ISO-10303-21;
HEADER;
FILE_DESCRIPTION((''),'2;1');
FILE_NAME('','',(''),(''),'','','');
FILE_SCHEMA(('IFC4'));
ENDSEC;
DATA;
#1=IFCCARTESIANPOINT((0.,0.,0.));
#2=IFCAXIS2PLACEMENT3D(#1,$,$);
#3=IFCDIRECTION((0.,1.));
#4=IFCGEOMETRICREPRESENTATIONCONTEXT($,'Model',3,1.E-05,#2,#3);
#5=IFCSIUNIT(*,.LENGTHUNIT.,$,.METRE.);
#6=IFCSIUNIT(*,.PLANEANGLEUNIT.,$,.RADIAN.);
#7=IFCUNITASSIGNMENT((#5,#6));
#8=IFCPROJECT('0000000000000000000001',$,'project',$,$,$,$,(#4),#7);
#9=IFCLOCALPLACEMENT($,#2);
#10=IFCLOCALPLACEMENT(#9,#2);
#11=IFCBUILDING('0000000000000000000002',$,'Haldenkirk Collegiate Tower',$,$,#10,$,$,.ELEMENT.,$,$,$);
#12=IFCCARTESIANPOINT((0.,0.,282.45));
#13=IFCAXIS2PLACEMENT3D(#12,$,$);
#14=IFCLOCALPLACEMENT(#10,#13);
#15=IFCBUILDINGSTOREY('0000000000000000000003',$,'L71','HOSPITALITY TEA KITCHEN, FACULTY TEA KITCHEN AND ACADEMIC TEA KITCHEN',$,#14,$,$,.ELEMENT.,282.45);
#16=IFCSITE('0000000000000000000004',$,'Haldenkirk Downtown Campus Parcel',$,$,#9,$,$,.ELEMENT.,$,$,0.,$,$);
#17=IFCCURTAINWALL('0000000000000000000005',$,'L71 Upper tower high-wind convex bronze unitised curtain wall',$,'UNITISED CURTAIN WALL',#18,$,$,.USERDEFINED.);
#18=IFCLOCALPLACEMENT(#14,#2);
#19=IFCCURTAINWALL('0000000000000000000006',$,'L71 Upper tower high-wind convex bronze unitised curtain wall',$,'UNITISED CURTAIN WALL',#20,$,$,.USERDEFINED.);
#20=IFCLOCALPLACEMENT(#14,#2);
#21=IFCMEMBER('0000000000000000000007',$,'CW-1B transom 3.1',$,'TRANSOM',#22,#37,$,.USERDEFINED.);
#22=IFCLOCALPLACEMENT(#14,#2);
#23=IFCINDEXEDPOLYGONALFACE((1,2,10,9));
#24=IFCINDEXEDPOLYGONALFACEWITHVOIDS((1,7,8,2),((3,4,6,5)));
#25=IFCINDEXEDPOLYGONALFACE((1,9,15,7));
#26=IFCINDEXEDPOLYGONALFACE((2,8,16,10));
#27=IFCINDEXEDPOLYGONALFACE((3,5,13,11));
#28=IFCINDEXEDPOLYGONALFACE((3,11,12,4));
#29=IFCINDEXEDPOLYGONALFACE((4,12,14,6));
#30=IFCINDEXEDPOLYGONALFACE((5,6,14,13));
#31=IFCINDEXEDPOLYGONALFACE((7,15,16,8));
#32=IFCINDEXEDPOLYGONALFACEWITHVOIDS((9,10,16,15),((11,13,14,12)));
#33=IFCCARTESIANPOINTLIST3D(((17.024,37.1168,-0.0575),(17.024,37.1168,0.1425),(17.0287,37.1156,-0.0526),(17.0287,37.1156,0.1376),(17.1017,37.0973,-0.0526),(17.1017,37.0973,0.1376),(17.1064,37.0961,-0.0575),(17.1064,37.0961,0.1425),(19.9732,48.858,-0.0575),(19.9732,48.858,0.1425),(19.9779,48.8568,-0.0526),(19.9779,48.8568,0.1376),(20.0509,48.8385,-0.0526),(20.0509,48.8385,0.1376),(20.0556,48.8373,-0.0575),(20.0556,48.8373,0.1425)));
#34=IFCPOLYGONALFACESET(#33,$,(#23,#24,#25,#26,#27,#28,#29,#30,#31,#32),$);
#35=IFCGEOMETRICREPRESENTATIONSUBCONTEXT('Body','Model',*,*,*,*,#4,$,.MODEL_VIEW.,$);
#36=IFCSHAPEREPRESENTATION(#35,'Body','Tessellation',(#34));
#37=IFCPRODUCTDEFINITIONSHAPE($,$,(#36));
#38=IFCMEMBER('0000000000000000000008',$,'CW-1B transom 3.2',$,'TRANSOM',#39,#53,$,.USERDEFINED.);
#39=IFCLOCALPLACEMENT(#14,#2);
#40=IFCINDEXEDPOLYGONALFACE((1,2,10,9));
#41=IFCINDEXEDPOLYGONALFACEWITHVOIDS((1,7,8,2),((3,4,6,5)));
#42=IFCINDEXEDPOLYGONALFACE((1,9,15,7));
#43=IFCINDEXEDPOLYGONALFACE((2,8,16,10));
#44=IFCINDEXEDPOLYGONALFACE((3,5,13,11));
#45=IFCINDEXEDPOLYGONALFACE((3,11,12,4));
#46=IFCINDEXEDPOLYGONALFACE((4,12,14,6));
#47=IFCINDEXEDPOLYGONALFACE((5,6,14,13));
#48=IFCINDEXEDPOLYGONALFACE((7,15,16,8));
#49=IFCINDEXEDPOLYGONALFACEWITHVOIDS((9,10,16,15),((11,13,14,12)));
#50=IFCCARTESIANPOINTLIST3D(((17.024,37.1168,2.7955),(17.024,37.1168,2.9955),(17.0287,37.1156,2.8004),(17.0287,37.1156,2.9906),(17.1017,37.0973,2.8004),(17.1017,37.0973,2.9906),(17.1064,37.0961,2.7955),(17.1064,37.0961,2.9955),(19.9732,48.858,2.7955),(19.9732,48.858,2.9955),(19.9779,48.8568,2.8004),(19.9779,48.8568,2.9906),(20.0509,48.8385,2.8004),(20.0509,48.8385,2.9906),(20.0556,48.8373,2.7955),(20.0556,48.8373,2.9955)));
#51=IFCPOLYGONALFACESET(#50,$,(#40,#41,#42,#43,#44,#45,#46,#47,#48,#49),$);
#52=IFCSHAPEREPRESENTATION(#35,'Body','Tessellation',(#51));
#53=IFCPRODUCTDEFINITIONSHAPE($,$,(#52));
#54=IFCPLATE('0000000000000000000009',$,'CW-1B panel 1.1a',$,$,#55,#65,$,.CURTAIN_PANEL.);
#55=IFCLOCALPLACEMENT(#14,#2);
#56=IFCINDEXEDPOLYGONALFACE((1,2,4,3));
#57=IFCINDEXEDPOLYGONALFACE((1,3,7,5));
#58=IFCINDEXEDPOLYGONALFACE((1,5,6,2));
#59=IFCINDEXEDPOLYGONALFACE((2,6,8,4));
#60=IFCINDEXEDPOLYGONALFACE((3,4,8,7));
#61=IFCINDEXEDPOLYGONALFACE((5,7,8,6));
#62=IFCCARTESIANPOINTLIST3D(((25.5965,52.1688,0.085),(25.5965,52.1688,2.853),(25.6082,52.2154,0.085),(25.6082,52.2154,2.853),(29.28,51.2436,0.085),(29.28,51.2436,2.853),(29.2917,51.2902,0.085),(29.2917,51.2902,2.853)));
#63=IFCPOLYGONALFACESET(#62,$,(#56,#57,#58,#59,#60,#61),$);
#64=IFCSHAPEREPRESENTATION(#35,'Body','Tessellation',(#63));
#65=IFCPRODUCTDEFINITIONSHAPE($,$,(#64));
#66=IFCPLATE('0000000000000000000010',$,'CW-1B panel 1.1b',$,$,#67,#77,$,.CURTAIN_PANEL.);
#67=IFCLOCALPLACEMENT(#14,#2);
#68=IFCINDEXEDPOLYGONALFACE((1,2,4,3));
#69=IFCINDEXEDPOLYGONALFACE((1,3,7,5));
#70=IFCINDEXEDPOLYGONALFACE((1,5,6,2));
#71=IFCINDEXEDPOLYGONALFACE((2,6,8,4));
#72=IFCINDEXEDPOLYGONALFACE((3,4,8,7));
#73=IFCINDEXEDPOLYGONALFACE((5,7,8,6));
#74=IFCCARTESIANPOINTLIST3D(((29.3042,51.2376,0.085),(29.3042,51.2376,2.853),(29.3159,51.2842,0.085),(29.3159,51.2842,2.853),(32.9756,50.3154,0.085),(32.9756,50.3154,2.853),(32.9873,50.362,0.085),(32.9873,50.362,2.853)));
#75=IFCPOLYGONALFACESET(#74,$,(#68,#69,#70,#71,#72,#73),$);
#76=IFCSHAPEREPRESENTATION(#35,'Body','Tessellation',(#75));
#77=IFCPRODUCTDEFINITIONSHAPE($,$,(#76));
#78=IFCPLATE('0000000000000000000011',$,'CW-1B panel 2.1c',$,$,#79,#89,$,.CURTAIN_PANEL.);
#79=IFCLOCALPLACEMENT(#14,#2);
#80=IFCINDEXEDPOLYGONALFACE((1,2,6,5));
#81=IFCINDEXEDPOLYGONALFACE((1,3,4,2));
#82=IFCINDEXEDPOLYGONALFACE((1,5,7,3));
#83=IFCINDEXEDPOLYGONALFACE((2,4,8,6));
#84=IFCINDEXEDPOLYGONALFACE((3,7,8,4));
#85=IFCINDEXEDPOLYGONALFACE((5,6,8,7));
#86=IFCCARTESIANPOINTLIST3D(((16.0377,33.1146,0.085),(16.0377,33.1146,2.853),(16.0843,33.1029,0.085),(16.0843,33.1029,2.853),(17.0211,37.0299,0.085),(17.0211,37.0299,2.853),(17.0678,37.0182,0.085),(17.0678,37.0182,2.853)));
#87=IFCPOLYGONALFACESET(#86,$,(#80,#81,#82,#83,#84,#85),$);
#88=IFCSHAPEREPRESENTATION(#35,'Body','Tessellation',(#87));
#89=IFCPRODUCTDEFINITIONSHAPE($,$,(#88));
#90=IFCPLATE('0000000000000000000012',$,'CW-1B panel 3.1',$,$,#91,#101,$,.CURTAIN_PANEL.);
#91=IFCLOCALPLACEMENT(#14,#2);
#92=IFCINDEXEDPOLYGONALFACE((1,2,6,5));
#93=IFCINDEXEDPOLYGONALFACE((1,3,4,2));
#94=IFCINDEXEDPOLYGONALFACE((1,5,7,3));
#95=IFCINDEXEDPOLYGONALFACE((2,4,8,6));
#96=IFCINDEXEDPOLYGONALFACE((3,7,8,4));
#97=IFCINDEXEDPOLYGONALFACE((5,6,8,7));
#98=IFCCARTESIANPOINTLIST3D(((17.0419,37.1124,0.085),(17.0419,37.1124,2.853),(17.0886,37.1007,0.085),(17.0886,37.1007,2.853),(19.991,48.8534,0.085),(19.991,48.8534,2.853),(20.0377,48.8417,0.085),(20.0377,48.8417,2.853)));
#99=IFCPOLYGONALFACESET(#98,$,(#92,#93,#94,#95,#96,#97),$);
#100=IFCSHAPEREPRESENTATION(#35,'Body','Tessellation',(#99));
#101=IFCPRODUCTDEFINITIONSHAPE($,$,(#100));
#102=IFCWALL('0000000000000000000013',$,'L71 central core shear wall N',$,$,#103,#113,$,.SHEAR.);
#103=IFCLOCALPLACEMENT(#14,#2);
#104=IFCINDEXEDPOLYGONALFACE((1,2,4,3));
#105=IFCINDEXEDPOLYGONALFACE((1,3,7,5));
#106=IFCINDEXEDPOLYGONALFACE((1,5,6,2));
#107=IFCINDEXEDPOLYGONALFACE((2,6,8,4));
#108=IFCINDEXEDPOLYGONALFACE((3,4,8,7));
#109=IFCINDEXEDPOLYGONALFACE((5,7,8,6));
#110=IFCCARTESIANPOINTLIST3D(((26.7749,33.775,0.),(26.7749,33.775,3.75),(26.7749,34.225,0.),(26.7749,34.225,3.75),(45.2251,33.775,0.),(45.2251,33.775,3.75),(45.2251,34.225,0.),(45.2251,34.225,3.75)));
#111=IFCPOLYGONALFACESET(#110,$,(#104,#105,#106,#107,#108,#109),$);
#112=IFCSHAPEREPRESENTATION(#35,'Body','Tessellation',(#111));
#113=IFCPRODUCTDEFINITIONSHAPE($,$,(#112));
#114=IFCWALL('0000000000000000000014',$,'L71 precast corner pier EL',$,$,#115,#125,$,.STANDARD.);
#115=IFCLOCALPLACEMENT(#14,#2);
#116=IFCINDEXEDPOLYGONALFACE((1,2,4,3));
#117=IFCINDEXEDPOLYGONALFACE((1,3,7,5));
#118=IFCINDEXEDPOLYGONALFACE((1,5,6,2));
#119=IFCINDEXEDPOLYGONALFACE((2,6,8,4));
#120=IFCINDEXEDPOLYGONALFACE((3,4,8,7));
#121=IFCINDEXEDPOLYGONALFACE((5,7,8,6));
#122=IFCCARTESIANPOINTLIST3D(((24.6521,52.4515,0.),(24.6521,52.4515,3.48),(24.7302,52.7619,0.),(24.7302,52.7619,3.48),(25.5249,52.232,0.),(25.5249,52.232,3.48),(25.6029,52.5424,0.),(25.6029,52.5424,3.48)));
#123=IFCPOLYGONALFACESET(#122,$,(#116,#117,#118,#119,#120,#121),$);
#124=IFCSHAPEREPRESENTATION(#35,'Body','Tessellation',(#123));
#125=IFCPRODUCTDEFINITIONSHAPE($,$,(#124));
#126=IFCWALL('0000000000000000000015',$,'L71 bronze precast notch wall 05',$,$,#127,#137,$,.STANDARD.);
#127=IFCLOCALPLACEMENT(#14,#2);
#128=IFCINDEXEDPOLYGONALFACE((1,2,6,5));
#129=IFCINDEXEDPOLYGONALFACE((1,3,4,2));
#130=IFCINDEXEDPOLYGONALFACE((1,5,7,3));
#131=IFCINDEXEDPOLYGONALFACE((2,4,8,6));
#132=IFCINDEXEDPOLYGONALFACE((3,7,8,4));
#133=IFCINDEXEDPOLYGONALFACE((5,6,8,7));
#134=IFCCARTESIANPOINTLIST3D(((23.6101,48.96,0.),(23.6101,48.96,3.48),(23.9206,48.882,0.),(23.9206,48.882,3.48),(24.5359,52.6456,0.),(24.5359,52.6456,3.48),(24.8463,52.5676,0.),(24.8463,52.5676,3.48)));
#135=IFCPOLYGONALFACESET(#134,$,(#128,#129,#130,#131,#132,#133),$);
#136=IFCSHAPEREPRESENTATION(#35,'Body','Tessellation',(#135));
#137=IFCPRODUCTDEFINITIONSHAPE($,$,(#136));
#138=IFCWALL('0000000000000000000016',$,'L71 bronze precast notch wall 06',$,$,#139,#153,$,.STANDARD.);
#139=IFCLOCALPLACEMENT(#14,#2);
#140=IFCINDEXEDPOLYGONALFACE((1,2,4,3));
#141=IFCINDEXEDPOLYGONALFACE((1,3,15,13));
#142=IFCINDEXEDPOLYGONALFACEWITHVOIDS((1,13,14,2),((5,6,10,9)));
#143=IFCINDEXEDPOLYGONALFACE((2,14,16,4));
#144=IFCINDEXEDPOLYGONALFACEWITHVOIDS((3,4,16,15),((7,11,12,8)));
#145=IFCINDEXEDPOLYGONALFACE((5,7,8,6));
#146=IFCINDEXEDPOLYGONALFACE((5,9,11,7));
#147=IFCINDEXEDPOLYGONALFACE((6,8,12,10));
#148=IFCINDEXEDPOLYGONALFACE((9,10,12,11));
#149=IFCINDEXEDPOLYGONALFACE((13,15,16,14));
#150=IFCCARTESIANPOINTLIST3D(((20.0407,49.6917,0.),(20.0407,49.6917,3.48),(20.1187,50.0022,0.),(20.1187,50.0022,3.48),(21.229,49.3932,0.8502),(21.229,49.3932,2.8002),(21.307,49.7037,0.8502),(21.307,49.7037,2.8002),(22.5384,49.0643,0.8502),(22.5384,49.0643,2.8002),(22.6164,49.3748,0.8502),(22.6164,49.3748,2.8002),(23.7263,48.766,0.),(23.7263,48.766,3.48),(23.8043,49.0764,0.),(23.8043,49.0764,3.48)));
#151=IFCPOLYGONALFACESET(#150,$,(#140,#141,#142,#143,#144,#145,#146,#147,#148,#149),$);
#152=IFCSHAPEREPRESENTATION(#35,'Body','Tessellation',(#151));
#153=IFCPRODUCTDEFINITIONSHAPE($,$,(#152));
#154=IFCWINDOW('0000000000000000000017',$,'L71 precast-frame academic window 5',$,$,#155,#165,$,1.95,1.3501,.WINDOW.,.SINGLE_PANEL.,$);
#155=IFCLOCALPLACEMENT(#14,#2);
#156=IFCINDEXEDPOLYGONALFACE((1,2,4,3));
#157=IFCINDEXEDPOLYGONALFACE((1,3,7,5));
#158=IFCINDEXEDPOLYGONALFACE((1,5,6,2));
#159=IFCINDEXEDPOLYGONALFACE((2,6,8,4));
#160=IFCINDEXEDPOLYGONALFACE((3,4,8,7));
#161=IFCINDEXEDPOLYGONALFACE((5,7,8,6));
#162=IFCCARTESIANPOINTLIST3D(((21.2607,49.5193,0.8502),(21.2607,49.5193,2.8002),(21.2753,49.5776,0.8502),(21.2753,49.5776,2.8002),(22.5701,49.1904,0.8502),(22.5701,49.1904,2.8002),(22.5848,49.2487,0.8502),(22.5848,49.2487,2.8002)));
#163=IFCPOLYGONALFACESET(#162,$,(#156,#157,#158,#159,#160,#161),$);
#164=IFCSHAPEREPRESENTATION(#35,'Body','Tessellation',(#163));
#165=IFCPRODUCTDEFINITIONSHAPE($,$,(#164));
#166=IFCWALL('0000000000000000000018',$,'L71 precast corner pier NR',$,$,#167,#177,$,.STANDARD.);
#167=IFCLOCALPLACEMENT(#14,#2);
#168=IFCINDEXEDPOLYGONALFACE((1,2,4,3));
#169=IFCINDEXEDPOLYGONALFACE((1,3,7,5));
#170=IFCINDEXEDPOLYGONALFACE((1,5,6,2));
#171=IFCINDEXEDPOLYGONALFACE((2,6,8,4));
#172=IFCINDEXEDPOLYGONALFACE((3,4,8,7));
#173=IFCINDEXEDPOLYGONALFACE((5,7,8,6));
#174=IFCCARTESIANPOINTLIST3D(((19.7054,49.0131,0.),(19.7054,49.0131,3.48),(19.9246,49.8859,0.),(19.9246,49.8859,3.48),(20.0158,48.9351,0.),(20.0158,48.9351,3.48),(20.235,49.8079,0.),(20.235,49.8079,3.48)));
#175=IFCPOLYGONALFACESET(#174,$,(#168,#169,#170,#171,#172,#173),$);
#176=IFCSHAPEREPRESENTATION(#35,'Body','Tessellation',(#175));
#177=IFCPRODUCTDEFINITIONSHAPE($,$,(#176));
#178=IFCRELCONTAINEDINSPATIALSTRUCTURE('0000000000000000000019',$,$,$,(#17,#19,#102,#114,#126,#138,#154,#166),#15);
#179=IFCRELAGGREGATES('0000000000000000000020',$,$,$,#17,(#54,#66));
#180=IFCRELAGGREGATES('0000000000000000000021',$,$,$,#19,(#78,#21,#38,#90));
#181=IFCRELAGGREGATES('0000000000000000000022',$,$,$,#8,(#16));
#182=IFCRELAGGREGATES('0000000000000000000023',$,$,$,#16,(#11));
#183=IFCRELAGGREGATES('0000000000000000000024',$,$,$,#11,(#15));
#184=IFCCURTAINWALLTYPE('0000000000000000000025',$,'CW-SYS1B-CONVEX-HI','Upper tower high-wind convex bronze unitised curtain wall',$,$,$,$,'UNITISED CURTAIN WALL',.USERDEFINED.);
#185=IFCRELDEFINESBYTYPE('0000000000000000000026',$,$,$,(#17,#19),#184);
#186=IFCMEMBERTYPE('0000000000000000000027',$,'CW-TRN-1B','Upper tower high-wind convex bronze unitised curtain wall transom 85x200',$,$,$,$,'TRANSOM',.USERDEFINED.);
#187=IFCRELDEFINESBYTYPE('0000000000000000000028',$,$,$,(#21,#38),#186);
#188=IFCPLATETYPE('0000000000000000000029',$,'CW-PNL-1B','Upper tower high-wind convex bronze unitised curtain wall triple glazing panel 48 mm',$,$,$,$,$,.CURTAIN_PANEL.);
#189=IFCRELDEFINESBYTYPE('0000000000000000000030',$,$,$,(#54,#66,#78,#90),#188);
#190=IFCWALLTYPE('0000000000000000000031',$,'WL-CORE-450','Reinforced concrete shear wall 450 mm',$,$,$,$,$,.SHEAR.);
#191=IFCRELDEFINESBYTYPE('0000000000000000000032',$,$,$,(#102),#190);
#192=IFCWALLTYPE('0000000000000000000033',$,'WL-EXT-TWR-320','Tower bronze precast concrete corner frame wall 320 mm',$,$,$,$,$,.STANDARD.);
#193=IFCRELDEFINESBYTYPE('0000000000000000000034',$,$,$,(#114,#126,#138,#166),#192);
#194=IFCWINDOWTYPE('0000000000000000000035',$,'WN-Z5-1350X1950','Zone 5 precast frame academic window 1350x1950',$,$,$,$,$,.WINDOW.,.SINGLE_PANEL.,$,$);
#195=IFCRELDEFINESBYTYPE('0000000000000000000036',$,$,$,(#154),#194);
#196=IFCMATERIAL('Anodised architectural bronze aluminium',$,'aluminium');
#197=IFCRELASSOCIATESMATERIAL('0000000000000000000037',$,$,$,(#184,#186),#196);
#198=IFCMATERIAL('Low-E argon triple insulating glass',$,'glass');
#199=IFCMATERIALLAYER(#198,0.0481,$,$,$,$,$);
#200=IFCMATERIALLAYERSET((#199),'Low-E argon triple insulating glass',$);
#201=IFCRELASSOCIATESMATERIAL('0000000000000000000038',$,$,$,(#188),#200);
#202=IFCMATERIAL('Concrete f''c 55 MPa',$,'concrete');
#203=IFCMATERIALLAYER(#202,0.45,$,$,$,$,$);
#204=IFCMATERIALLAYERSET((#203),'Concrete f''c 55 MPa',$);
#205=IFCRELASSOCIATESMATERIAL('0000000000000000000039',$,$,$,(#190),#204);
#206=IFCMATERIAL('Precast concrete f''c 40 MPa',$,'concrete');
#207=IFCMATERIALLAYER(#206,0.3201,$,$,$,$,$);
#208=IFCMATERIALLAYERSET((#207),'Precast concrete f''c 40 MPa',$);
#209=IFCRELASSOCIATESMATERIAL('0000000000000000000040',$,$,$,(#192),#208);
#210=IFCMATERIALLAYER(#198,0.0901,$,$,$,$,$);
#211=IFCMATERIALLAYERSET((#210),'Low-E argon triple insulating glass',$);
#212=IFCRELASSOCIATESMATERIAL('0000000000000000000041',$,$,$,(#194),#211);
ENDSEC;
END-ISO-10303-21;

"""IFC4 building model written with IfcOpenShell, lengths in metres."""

from ifc_helpers import new_model, si_unit, direction, frame, frame_2d, origin, origin_2d, place, context, subcontext, project, spatial, rectangle, hollow_rectangle, extrude, source, transform, mapped, material, layer, layer_set, material_profile, profile_set, type_object, element, fill, aggregate, save


model = new_model("IFC4")

# Units and contexts
model_context = context("Model", 3, precision=1e-05, world=origin(), true_north=direction((0.0, 1.0)))
body_context = subcontext(model_context, "Body", "Model", "MODEL_VIEW")
ifc_project = project(units=[si_unit("LENGTHUNIT", "METRE"), si_unit("PLANEANGLEUNIT", "RADIAN")], contexts=[model_context])

# Site, building, storey
site_placement = place(None, origin())
site = spatial("IfcSite", under=ifc_project, at=site_placement, Name="Haldenkirk Downtown Campus Parcel", CompositionType="ELEMENT", RefElevation=0.0)
building_placement = place(site_placement, origin())
building = spatial("IfcBuilding", under=site, at=building_placement, Name="Haldenkirk Collegiate Tower", CompositionType="ELEMENT")
storey_placement = place(building_placement, frame((0.0, 0.0, 282.45)))
storey = spatial("IfcBuildingStorey", under=building, at=storey_placement, Name="L71", Description="HOSPITALITY TEA KITCHEN, FACULTY TEA KITCHEN AND ACADEMIC TEA KITCHEN", CompositionType="ELEMENT", Elevation=282.45)

# Curtain wall
ifc_material_1 = material(Name="Anodised architectural bronze aluminium", Category="aluminium")
curtain_wall_type = type_object("IfcCurtainWallType", Name="CW-SYS1B-CONVEX-HI", Description="Upper tower high-wind convex bronze unitised curtain wall", ElementType="UNITISED CURTAIN WALL", PredefinedType="USERDEFINED", material=ifc_material_1)
curtain_wall_1_placement = place(storey_placement, origin())
curtain_wall_1 = element("IfcCurtainWall", 1, at=curtain_wall_1_placement, inside=storey, type_object=curtain_wall_type, Name="L71 Upper tower high-wind convex bronze unitised curtain wall", ObjectType="UNITISED CURTAIN WALL", PredefinedType="USERDEFINED")

# Curtain wall
curtain_wall_2_placement = place(storey_placement, origin())
curtain_wall_2 = element("IfcCurtainWall", 2, at=curtain_wall_2_placement, inside=storey, type_object=curtain_wall_type, Name="L71 Upper tower high-wind convex bronze unitised curtain wall", ObjectType="UNITISED CURTAIN WALL", PredefinedType="USERDEFINED")

# Members
ifc_material_profile_1 = material_profile(ifc_material_1, hollow_rectangle(XDim=0.085, YDim=0.2, WallThickness=0.0049, at=origin_2d()), Name="CW-TRN-1B")
ifc_profile_set_1 = profile_set([ifc_material_profile_1], Name="Anodised architectural bronze aluminium")
member_type_1 = type_object("IfcMemberType", Name="CW-TRN-1B", Description="Upper tower high-wind convex bronze unitised curtain wall transom 85x200", ElementType="TRANSOM", PredefinedType="USERDEFINED", material=ifc_profile_set_1)
member_1_placement = place(storey_placement, frame((17.0652, 37.1064, 0.0425), z_axis=(0.243617, 0.969871, 0.0), x_axis=(-0.969871, 0.243617, 0.0)))
member_1 = element("IfcMember", 3, at=member_1_placement, type_object=member_type_1, Name="CW-1B transom 3.1", ObjectType="TRANSOM", PredefinedType="USERDEFINED", context=body_context, shape_type="SweptSolid", body=[
    extrude(hollow_rectangle(XDim=0.085, YDim=0.2, WallThickness=0.0049, at=origin_2d()), origin(), (0.0, 0.0, 1.0), 12.106),
])
member_2_placement = place(storey_placement, frame((17.0652, 37.1064, 2.8955), z_axis=(0.243617, 0.969871, 0.0), x_axis=(-0.969871, 0.243617, 0.0)))
member_2 = element("IfcMember", 4, at=member_2_placement, type_object=member_type_1, Name="CW-1B transom 3.2", ObjectType="TRANSOM", PredefinedType="USERDEFINED", context=body_context, shape_type="SweptSolid", body=[
    extrude(hollow_rectangle(XDim=0.085, YDim=0.2, WallThickness=0.0049, at=origin_2d()), origin(), (0.0, 0.0, 1.0), 12.106),
])

# Plates
ifc_material_2 = material(Name="Low-E argon triple insulating glass", Category="glass")
ifc_layer_1 = layer(ifc_material_2, 0.0481)
ifc_layer_set_1 = layer_set([ifc_layer_1], Name="Low-E argon triple insulating glass")
plate_type = type_object("IfcPlateType", Name="CW-PNL-1B", Description="Upper tower high-wind convex bronze unitised curtain wall triple glazing panel 48 mm", PredefinedType="CURTAIN_PANEL", material=ifc_layer_set_1)
shared_shape_1 = source(origin(), body_context, "Body", "SweptSolid", [
    extrude(rectangle(XDim=3.7979, YDim=0.0481, at=origin_2d()), origin(), (0.0, 0.0, 1.0), 2.7681),
])
plate_1_placement = place(storey_placement, frame((27.4441, 51.7295, 0.085), z_axis=(0.0, 0.0, 1.0), x_axis=(0.969873, -0.243612, 0.0)))
plate_1 = element("IfcPlate", 5, at=plate_1_placement, type_object=plate_type, Name="CW-1B panel 1.1a", PredefinedType="CURTAIN_PANEL", context=body_context, shape_type="MappedRepresentation", body=[
    mapped(shared_shape_1, transform((0.0, 0.0, 0.0), x_axis=(1.0, 0.0, 0.0), y_axis=(0.0, 1.0, 0.0), z_axis=(0.0, 0.0, 1.0), scale=1.0)),
])
shared_shape_2 = source(origin(), body_context, "Body", "SweptSolid", [
    extrude(rectangle(XDim=3.7854, YDim=0.0481, at=origin_2d()), origin(), (0.0, 0.0, 1.0), 2.7681),
])
plate_2_placement = place(storey_placement, frame((31.1458, 50.7998, 0.085), z_axis=(0.0, 0.0, 1.0), x_axis=(0.969873, -0.243612, 0.0)))
plate_2 = element("IfcPlate", 6, at=plate_2_placement, type_object=plate_type, Name="CW-1B panel 1.1b", PredefinedType="CURTAIN_PANEL", context=body_context, shape_type="MappedRepresentation", body=[
    mapped(shared_shape_2, transform((0.0, 0.0, 0.0), x_axis=(1.0, 0.0, 0.0), y_axis=(0.0, 1.0, 0.0), z_axis=(0.0, 0.0, 1.0), scale=1.0)),
])
aggregate(curtain_wall_1, [plate_1, plate_2])
shared_shape_3 = source(origin(), body_context, "Body", "SweptSolid", [
    extrude(rectangle(XDim=4.0369, YDim=0.0481, at=origin_2d()), origin(), (0.0, 0.0, 1.0), 2.7681),
])
plate_3_placement = place(storey_placement, frame((16.5527, 35.0664, 0.085), z_axis=(0.0, 0.0, 1.0), x_axis=(0.243613, 0.969872, 0.0)))
plate_3 = element("IfcPlate", 7, at=plate_3_placement, type_object=plate_type, Name="CW-1B panel 2.1c", PredefinedType="CURTAIN_PANEL", context=body_context, shape_type="MappedRepresentation", body=[
    mapped(shared_shape_3, transform((0.0, 0.0, 0.0), x_axis=(1.0, 0.0, 0.0), y_axis=(0.0, 1.0, 0.0), z_axis=(0.0, 0.0, 1.0), scale=1.0)),
])
shared_shape_4 = source(origin(), body_context, "Body", "SweptSolid", [
    extrude(rectangle(XDim=12.1057, YDim=0.0481, at=origin_2d()), origin(), (0.0, 0.0, 1.0), 2.7681),
])
plate_4_placement = place(storey_placement, frame((18.5398, 42.9771, 0.085), z_axis=(0.0, 0.0, 1.0), x_axis=(0.243613, 0.969872, 0.0)))
plate_4 = element("IfcPlate", 8, at=plate_4_placement, type_object=plate_type, Name="CW-1B panel 3.1", PredefinedType="CURTAIN_PANEL", context=body_context, shape_type="MappedRepresentation", body=[
    mapped(shared_shape_4, transform((0.0, 0.0, 0.0), x_axis=(1.0, 0.0, 0.0), y_axis=(0.0, 1.0, 0.0), z_axis=(0.0, 0.0, 1.0), scale=1.0)),
])
aggregate(curtain_wall_2, [plate_3, member_1, member_2, plate_4])

# Walls
ifc_material_3 = material(Name="Concrete f'c 55 MPa", Category="concrete")
ifc_layer_2 = layer(ifc_material_3, 0.45)
ifc_layer_set_2 = layer_set([ifc_layer_2], Name="Concrete f'c 55 MPa")
wall_type_1 = type_object("IfcWallType", Name="WL-CORE-450", Description="Reinforced concrete shear wall 450 mm", PredefinedType="SHEAR", material=ifc_layer_set_2)
wall_1_placement = place(storey_placement, frame((26.7749, 34.0, 0.0), z_axis=(0.0, 0.0, 1.0), x_axis=(1.0, 0.0, 0.0)))
element("IfcWall", 9, at=wall_1_placement, inside=storey, type_object=wall_type_1, Name="L71 central core shear wall N", PredefinedType="SHEAR", context=body_context, shape_type="SweptSolid", body=[
    extrude(rectangle(XDim=18.4502, YDim=0.45, at=frame_2d((9.2251, 0.0))), origin(), (0.0, 0.0, 1.0), 3.75),
])
ifc_material_4 = material(Name="Precast concrete f'c 40 MPa", Category="concrete")
ifc_layer_3 = layer(ifc_material_4, 0.3201)
ifc_layer_set_3 = layer_set([ifc_layer_3], Name="Precast concrete f'c 40 MPa")
wall_type_2 = type_object("IfcWallType", Name="WL-EXT-TWR-320", Description="Tower bronze precast concrete corner frame wall 320 mm", PredefinedType="STANDARD", material=ifc_layer_set_3)
wall_2_placement = place(storey_placement, frame((24.6912, 52.6067, 0.0), z_axis=(0.0, 0.0, 1.0), x_axis=(0.969806, -0.243876, 0.0)))
element("IfcWall", 10, at=wall_2_placement, inside=storey, type_object=wall_type_2, Name="L71 precast corner pier EL", PredefinedType="STANDARD", context=body_context, shape_type="SweptSolid", body=[
    extrude(rectangle(XDim=0.8999, YDim=0.3201, at=frame_2d((0.45, 0.0))), origin(), (0.0, 0.0, 1.0), 3.48),
])
wall_3_placement = place(storey_placement, frame((23.7654, 48.9211, 0.0), z_axis=(0.0, 0.0, 1.0), x_axis=(0.243624, 0.96987, 0.0)))
element("IfcWall", 11, at=wall_3_placement, inside=storey, type_object=wall_type_2, Name="L71 bronze precast notch wall 05", PredefinedType="STANDARD", context=body_context, shape_type="SweptSolid", body=[
    extrude(rectangle(XDim=3.8, YDim=0.3201, at=frame_2d((1.8999, 0.0))), origin(), (0.0, 0.0, 1.0), 3.48),
])

# Wall, opening, window
wall_4_placement = place(storey_placement, frame((20.0798, 49.8469, 0.0), z_axis=(0.0, 0.0, 1.0), x_axis=(0.96987, -0.243624, 0.0)))
wall_4 = element("IfcWall", 12, at=wall_4_placement, inside=storey, type_object=wall_type_2, Name="L71 bronze precast notch wall 06", PredefinedType="STANDARD", context=body_context, shape_type="SweptSolid", body=[
    extrude(rectangle(XDim=3.8, YDim=0.3201, at=frame_2d((1.8999, 0.0))), origin(), (0.0, 0.0, 1.0), 3.48),
])
opening_1_placement = place(wall_4_placement, frame((1.2251, 0.0, 0.8501)))
opening_1 = element("IfcOpeningElement", 13, at=opening_1_placement, cuts=wall_4, PredefinedType="OPENING", context=body_context, shape_type="SweptSolid", body=[
    extrude(rectangle(XDim=1.3501, YDim=1.95, at=frame_2d((0.675, 0.9751))), frame((0.0, 0.1699, 0.0), z_axis=(0.0, -1.0, 0.0), x_axis=(1.0, 0.0, 0.0)), (0.0, 0.0, 1.0), 0.3401),
])
ifc_layer_4 = layer(ifc_material_2, 0.0901)
ifc_layer_set_4 = layer_set([ifc_layer_4], Name="Low-E argon triple insulating glass")
window_type = type_object("IfcWindowType", Name="WN-Z5-1350X1950", Description="Zone 5 precast frame academic window 1350x1950", PartitioningType="SINGLE_PANEL", PredefinedType="WINDOW", material=ifc_layer_set_4)
window_placement = place(opening_1_placement, origin())
window = element("IfcWindow", 14, at=window_placement, inside=storey, type_object=window_type, Name="L71 precast-frame academic window 5", OverallHeight=1.95, OverallWidth=1.3501, PartitioningType="SINGLE_PANEL", PredefinedType="WINDOW", context=body_context, shape_type="SweptSolid", body=[
    extrude(rectangle(XDim=1.3501, YDim=1.95, at=frame_2d((0.675, 0.9751))), frame((0.0, 0.03, 0.0), z_axis=(0.0, -1.0, 0.0), x_axis=(1.0, 0.0, 0.0)), (0.0, 0.0, 1.0), 0.0601),
])
fill(opening_1, window)

# Wall
wall_5_placement = place(storey_placement, frame((19.8606, 48.9741, 0.0), z_axis=(0.0, 0.0, 1.0), x_axis=(0.243621, 0.969871, 0.0)))
element("IfcWall", 15, at=wall_5_placement, inside=storey, type_object=wall_type_2, Name="L71 precast corner pier NR", PredefinedType="STANDARD", context=body_context, shape_type="SweptSolid", body=[
    extrude(rectangle(XDim=0.8999, YDim=0.3201, at=frame_2d((0.45, 0.0))), origin(), (0.0, 0.0, 1.0), 3.48),
])

save(model, "model.ifc")
